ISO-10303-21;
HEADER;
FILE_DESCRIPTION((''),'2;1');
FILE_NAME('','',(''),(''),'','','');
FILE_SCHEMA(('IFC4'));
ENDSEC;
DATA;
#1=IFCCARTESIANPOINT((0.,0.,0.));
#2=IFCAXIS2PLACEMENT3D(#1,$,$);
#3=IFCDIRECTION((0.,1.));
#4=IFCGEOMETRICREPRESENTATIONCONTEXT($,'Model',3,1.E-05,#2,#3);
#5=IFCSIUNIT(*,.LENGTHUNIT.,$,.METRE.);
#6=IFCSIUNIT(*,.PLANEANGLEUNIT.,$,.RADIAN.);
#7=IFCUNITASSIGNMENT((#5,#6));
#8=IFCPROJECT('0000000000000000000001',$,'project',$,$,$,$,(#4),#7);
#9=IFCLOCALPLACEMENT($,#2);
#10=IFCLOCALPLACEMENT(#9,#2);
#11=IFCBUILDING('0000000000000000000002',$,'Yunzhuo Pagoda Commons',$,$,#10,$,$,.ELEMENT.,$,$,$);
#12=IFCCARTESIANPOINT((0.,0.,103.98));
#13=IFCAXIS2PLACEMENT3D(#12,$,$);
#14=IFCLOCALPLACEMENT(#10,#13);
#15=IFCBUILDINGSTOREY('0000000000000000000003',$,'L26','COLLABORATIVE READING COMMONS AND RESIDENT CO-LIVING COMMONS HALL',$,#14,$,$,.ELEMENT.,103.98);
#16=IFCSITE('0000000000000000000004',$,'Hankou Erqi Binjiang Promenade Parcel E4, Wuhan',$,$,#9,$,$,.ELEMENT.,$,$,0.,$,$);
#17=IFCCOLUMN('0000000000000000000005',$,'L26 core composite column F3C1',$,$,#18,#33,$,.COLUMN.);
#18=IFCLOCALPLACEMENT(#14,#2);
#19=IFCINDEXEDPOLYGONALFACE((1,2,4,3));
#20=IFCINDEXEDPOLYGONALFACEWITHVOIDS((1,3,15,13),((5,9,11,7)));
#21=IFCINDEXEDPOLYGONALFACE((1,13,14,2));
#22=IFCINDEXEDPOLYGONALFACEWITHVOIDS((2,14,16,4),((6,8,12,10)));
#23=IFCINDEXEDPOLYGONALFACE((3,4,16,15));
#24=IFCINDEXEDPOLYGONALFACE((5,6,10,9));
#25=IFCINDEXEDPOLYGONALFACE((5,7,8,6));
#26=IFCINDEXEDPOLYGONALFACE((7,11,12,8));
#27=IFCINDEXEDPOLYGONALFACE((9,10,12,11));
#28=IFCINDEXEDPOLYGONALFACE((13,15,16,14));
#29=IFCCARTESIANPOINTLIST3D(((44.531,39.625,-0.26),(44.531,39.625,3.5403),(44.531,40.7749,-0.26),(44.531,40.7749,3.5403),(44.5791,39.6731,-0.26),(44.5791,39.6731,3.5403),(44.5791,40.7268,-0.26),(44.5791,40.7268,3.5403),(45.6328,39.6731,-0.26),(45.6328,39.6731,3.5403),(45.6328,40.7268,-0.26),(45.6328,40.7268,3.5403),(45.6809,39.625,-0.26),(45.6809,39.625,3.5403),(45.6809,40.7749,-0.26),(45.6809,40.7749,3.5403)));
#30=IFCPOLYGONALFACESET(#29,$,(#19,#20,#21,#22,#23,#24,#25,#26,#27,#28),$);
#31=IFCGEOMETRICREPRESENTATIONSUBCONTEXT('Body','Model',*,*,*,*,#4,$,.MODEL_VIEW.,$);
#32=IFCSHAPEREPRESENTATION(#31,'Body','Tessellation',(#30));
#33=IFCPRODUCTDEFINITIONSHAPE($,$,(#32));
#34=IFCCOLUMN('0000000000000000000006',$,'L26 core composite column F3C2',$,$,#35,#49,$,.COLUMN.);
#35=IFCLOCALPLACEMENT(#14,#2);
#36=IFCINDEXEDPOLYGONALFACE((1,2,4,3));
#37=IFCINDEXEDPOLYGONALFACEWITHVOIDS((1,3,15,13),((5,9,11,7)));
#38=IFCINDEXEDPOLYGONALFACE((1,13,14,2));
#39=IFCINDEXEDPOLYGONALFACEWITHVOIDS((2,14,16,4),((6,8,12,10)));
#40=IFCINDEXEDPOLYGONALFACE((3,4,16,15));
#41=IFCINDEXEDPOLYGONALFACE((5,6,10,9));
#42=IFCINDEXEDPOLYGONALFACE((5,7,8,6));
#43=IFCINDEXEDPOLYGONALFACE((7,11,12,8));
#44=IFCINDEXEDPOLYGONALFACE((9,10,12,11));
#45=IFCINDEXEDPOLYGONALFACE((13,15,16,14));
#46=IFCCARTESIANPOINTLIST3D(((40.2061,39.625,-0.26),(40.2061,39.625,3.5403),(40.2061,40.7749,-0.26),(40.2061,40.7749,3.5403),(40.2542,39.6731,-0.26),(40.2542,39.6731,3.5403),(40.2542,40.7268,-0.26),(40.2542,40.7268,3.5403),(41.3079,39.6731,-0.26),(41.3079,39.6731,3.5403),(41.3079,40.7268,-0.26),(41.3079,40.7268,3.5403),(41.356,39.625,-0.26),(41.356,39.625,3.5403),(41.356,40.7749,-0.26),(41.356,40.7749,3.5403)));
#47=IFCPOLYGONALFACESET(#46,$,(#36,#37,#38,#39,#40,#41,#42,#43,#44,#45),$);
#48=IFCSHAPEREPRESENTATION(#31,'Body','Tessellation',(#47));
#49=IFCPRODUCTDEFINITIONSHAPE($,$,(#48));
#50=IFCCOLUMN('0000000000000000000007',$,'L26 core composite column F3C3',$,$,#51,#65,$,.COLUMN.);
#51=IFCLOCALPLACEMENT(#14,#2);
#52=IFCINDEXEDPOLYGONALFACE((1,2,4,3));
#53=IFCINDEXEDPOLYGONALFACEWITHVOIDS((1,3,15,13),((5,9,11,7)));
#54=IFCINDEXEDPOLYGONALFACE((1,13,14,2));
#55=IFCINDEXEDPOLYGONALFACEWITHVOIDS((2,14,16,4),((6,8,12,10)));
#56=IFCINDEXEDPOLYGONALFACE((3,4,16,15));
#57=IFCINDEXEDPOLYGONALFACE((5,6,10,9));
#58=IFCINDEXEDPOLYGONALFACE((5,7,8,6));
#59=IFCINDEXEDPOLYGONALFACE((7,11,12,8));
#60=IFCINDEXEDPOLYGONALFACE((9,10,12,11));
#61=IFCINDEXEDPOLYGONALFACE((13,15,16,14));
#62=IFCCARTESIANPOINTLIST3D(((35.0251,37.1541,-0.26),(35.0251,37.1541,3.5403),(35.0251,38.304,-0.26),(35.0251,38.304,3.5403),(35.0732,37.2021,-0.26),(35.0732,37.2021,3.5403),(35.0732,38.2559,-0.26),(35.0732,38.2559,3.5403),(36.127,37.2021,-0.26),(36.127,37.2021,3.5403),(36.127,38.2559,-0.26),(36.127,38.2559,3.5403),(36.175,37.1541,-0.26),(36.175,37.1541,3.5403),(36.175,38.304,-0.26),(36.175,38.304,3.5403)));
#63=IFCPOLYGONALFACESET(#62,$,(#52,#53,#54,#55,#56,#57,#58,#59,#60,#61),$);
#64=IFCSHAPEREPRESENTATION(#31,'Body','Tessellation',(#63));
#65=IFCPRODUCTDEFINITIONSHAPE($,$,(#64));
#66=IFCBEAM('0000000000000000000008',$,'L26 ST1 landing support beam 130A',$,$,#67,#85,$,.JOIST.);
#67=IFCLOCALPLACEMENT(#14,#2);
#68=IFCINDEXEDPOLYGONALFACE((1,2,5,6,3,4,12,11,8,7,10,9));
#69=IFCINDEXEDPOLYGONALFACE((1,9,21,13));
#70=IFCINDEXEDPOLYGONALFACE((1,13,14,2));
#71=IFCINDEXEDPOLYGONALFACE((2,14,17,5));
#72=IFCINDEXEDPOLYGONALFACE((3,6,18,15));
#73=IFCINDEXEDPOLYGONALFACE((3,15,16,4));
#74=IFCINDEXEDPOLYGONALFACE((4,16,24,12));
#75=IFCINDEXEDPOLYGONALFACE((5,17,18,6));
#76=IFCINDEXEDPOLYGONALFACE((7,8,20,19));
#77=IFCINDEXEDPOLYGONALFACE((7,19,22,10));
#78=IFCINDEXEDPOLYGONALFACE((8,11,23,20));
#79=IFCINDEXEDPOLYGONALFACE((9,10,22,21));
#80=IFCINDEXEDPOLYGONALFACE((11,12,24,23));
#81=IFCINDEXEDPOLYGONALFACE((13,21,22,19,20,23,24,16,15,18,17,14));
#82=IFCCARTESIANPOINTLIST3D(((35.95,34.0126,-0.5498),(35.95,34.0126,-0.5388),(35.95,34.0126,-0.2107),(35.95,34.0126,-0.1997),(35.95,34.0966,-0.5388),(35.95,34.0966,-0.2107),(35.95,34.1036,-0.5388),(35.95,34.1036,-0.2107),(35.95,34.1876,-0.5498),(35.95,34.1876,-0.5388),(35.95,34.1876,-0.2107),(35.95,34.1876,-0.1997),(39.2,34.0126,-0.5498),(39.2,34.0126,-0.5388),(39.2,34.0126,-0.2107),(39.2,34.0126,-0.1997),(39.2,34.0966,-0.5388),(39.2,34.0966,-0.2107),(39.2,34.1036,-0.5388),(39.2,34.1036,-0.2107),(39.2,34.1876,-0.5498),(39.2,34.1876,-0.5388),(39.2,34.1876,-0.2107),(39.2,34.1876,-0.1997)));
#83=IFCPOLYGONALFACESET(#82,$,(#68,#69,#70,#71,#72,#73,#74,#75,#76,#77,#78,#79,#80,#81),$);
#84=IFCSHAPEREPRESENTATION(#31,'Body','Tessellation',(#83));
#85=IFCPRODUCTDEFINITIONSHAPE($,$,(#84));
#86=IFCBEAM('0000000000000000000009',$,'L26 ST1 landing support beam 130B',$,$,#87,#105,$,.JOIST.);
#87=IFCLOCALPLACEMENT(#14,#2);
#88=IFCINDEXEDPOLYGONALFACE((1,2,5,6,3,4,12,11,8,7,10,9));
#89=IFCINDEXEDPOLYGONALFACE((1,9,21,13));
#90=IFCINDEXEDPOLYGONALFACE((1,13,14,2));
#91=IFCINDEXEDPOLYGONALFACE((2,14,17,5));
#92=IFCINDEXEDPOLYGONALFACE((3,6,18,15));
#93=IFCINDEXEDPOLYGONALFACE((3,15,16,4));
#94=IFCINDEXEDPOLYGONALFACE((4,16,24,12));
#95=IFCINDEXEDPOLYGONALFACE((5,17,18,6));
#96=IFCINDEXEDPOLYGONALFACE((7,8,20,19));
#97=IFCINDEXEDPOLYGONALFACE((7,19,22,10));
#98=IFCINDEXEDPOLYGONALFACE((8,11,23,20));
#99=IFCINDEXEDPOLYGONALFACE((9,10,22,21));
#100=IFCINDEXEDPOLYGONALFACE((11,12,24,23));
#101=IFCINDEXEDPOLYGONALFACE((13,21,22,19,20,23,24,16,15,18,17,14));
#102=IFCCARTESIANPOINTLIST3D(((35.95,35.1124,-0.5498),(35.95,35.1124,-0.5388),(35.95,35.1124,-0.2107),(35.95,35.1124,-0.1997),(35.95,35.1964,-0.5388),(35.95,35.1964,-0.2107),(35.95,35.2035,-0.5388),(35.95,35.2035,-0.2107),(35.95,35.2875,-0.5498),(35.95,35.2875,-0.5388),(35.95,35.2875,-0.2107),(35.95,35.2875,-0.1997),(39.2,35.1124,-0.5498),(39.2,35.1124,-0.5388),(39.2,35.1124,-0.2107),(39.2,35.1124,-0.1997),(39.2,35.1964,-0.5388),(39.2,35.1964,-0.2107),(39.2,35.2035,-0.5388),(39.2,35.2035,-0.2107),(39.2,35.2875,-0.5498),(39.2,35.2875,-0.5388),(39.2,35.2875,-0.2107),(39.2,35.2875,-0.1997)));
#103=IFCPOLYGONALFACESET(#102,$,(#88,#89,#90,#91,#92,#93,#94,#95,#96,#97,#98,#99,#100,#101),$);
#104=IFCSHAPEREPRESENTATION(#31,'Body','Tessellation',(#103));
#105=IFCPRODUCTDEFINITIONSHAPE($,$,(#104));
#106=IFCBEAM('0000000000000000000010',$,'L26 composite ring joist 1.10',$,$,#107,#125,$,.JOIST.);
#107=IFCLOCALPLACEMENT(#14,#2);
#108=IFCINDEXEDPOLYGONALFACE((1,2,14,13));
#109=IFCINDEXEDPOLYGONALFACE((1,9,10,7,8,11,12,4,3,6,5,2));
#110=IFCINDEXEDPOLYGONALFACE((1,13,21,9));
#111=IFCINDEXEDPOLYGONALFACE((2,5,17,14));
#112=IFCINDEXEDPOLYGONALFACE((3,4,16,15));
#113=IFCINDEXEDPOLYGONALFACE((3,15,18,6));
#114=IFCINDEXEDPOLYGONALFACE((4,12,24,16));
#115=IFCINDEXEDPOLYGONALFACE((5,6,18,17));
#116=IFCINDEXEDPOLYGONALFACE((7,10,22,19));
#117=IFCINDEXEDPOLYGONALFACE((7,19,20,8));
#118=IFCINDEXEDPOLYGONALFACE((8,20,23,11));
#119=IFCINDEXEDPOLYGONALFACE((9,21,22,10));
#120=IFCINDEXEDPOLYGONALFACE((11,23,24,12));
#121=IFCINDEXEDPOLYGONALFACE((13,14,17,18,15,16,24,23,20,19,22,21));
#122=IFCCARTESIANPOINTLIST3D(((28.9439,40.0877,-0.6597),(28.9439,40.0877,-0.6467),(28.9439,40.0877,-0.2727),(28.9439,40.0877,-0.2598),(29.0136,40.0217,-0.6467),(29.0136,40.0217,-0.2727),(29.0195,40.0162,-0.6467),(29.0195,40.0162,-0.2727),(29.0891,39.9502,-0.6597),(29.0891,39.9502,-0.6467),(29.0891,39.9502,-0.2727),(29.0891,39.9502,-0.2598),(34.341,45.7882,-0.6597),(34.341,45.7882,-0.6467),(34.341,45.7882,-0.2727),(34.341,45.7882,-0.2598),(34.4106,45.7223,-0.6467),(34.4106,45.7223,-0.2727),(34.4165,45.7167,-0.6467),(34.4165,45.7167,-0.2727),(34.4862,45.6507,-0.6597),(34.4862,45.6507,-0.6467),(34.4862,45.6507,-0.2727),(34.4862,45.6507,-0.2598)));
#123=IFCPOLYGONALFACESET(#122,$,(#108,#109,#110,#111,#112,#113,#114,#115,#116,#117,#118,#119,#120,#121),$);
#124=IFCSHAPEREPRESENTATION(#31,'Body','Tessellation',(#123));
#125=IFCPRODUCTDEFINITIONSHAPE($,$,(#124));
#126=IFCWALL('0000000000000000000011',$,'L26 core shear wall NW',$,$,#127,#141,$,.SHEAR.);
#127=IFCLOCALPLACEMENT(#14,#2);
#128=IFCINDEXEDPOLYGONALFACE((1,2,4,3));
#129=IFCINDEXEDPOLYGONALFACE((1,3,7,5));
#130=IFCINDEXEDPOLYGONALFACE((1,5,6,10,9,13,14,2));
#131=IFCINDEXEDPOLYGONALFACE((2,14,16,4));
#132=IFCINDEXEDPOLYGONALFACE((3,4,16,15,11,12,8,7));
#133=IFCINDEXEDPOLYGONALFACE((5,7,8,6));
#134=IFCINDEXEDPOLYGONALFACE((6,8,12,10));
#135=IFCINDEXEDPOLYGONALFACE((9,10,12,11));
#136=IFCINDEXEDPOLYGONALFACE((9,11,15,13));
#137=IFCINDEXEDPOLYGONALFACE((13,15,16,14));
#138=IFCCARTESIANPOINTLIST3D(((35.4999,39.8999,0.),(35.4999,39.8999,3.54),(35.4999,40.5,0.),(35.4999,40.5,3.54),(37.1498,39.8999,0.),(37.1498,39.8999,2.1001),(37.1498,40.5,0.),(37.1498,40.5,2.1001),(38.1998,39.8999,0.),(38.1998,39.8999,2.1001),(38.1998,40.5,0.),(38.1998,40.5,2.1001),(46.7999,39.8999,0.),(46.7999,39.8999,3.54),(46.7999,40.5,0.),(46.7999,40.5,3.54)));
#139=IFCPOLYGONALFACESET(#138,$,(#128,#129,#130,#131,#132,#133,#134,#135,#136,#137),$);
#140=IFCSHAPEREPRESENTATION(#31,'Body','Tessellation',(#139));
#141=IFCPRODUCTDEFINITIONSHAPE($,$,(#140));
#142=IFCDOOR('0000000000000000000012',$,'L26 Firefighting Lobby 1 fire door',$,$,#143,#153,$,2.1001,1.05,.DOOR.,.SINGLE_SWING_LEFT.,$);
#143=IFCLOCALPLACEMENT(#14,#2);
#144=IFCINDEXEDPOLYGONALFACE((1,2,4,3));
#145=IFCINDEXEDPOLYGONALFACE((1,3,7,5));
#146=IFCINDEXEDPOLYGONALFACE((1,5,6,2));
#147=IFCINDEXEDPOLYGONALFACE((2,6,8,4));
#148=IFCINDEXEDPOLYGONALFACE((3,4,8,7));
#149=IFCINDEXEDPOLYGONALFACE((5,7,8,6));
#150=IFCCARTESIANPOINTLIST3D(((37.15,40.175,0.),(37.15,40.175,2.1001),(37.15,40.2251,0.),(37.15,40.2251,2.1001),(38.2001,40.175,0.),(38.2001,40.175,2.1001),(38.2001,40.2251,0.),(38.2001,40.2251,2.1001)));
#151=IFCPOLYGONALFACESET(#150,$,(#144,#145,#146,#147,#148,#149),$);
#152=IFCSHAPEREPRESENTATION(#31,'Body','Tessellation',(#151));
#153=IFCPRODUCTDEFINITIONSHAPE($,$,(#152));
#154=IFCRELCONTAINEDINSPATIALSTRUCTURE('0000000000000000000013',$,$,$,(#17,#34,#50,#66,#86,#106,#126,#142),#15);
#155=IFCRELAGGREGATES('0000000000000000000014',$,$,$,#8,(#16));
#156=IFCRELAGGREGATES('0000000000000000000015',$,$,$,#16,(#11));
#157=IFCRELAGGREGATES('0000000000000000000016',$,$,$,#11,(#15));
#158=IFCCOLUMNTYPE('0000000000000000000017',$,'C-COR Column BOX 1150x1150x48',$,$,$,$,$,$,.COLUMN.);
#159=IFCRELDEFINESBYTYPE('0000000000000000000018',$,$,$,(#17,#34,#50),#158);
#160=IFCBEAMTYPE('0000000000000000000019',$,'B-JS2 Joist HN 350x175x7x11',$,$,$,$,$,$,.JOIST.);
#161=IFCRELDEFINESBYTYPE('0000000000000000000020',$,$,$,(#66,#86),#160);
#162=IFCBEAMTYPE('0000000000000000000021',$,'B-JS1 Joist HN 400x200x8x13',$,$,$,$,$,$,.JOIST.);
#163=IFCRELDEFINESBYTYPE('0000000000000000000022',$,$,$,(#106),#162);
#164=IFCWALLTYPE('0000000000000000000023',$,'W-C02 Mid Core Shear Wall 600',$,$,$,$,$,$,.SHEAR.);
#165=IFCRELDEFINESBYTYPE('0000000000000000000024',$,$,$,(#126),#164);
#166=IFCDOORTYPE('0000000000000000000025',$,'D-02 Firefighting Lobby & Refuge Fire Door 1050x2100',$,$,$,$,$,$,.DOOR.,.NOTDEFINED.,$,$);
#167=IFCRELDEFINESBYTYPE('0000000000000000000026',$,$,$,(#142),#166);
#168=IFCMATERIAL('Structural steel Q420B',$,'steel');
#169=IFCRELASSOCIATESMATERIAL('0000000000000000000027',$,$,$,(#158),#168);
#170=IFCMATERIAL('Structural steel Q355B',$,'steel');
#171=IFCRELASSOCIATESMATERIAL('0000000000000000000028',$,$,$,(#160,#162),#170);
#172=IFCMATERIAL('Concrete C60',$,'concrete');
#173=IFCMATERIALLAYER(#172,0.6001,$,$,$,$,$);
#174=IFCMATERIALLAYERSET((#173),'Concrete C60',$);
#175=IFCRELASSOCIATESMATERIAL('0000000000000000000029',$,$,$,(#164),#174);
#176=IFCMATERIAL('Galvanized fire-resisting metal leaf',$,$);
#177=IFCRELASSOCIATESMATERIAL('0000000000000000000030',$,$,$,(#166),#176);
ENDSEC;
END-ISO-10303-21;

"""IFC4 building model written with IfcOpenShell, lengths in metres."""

from ifc_helpers import new_model, si_unit, direction, frame, frame_2d, origin, origin_2d, place, context, subcontext, project, spatial, rectangle, hollow_rectangle, i_section, extrude, source, transform, mapped, material, layer, layer_set, material_profile, profile_set, type_object, element, fill, save


model = new_model("IFC4")

# Units and contexts
model_context = context("Model", 3, precision=1e-05, world=origin(), true_north=direction((0.0, 1.0)))
body_context = subcontext(model_context, "Body", "Model", "MODEL_VIEW")
ifc_project = project(units=[si_unit("LENGTHUNIT", "METRE"), si_unit("PLANEANGLEUNIT", "RADIAN")], contexts=[model_context])

# Site, building, storey
site_placement = place(None, origin())
site = spatial("IfcSite", under=ifc_project, at=site_placement, Name="Hankou Erqi Binjiang Promenade Parcel E4, Wuhan", CompositionType="ELEMENT", RefElevation=0.0)
building_placement = place(site_placement, origin())
building = spatial("IfcBuilding", under=site, at=building_placement, Name="Yunzhuo Pagoda Commons", CompositionType="ELEMENT")
storey_placement = place(building_placement, frame((0.0, 0.0, 103.98)))
storey = spatial("IfcBuildingStorey", under=building, at=storey_placement, Name="L26", Description="COLLABORATIVE READING COMMONS AND RESIDENT CO-LIVING COMMONS HALL", CompositionType="ELEMENT", Elevation=103.98)

# Columns
ifc_material_1 = material(Name="Structural steel Q420B", Category="steel")
ifc_material_profile_1 = material_profile(ifc_material_1, hollow_rectangle(XDim=1.1499, YDim=1.1499, WallThickness=0.0481, at=origin_2d()), Name="Structural steel Q420B")
ifc_profile_set_1 = profile_set([ifc_material_profile_1], Name="Structural steel Q420B")
column_type = type_object("IfcColumnType", Name="C-COR Column BOX 1150x1150x48", PredefinedType="COLUMN", material=ifc_profile_set_1)
shared_shape_1 = source(origin(), body_context, "Body", "SweptSolid", [
    extrude(hollow_rectangle(XDim=1.1499, YDim=1.1499, WallThickness=0.0481, at=origin_2d()), origin(), (0.0, 0.0, 1.0), 3.8003),
])
for number, where, z_axis, x_axis, name in (
    (1, (45.106, 40.2, -0.26), (0.0, 0.0, 1.0), (1.0, 0.0, 0.0), "L26 core composite column F3C1"),
    (2, (40.781, 40.2, -0.26), (0.0, 0.0, 1.0), (1.0, 0.0, 0.0), "L26 core composite column F3C2"),
    (3, (35.6001, 37.729, -0.26), (0.0, 0.0, 1.0), (1.0, 0.0, 0.0), "L26 core composite column F3C3"),
):
    element("IfcColumn", number, at=place(storey_placement, frame(where, z_axis=z_axis, x_axis=x_axis)), inside=storey, type_object=column_type, Name=name, PredefinedType="COLUMN", context=body_context, shape_type="MappedRepresentation", body=[
        mapped(shared_shape_1, transform((0.0, 0.0, 0.0), scale=1.0)),
    ])

# Beams
ifc_material_2 = material(Name="Structural steel Q355B", Category="steel")
ifc_material_profile_2 = material_profile(ifc_material_2, i_section(OverallWidth=0.175, OverallDepth=0.3501, WebThickness=0.0071, FlangeThickness=0.011, at=origin_2d()), Name="Structural steel Q355B")
ifc_profile_set_2 = profile_set([ifc_material_profile_2], Name="Structural steel Q355B")
beam_type_1 = type_object("IfcBeamType", Name="B-JS2 Joist HN 350x175x7x11", PredefinedType="JOIST", material=ifc_profile_set_2)
shared_shape_2 = source(origin(), body_context, "Body", "SweptSolid", [
    extrude(i_section(OverallWidth=0.175, OverallDepth=0.3501, WebThickness=0.0071, FlangeThickness=0.011, at=origin_2d()), origin(), (0.0, 0.0, 1.0), 3.25),
])
for number, where, z_axis, x_axis, name in (
    (4, (35.95, 34.1001, -0.3748), (1.0, 0.0, 0.0), (0.0, 1.0, 0.0), "L26 ST1 landing support beam 130A"),
    (5, (35.95, 35.2, -0.3748), (1.0, 0.0, 0.0), (0.0, 1.0, 0.0), "L26 ST1 landing support beam 130B"),
):
    element("IfcBeam", number, at=place(storey_placement, frame(where, z_axis=z_axis, x_axis=x_axis)), inside=storey, type_object=beam_type_1, Name=name, PredefinedType="JOIST", context=body_context, shape_type="MappedRepresentation", body=[
        mapped(shared_shape_2, transform((0.0, 0.0, 0.0), scale=1.0)),
    ])
ifc_material_profile_3 = material_profile(ifc_material_2, i_section(OverallWidth=0.2, OverallDepth=0.3999, WebThickness=0.0081, FlangeThickness=0.0129, at=origin_2d()), Name="Structural steel Q355B")
ifc_profile_set_3 = profile_set([ifc_material_profile_3], Name="Structural steel Q355B")
beam_type_2 = type_object("IfcBeamType", Name="B-JS1 Joist HN 400x200x8x13", PredefinedType="JOIST", material=ifc_profile_set_3)
shared_shape_3 = source(origin(), body_context, "Body", "SweptSolid", [
    extrude(i_section(OverallWidth=0.2, OverallDepth=0.3999, WebThickness=0.0081, FlangeThickness=0.0129, at=origin_2d()), origin(), (0.0, 0.0, 1.0), 7.8501),
])
beam_placement = place(storey_placement, frame((34.4136, 45.7195, -0.4597), z_axis=(-0.687513, -0.726172, 0.0), x_axis=(0.726172, -0.687513, 0.0)))
element("IfcBeam", 6, at=beam_placement, inside=storey, type_object=beam_type_2, Name="L26 composite ring joist 1.10", PredefinedType="JOIST", context=body_context, shape_type="MappedRepresentation", body=[
    mapped(shared_shape_3, transform((0.0, 0.0, 0.0), scale=1.0)),
])

# Wall, opening, door
ifc_material_3 = material(Name="Concrete C60", Category="concrete")
ifc_layer_1 = layer(ifc_material_3, 0.6001)
ifc_layer_set_1 = layer_set([ifc_layer_1], Name="Concrete C60")
wall_type_1 = type_object("IfcWallType", Name="W-C02 Mid Core Shear Wall 600", PredefinedType="SHEAR", material=ifc_layer_set_1)
wall_1_placement = place(storey_placement, frame((35.5, 40.2, 0.0), z_axis=(0.0, 0.0, 1.0), x_axis=(1.0, 0.0, 0.0)))
wall_1 = element("IfcWall", 7, at=wall_1_placement, inside=storey, type_object=wall_type_1, Name="L26 core shear wall NW", PredefinedType="SHEAR", context=body_context, shape_type="SweptSolid", body=[
    extrude(rectangle(XDim=11.3, YDim=0.6001, at=frame_2d((5.6499, 0.0))), origin(), (0.0, 0.0, 1.0), 3.54),
])
opening_1_placement = place(wall_1_placement, frame((1.6499, 0.0, 0.0)))
opening_1 = element("IfcOpeningElement", 8, at=opening_1_placement, cuts=wall_1, PredefinedType="OPENING", context=body_context, shape_type="SweptSolid", body=[
    extrude(rectangle(XDim=1.05, YDim=2.1001, at=frame_2d((0.5249, 1.05))), frame((0.0, 0.3101, 0.0), z_axis=(0.0, -1.0, 0.0), x_axis=(1.0, 0.0, 0.0)), (0.0, 0.0, 1.0), 0.6201),
])
ifc_material_4 = material(Name="Galvanized fire-resisting metal leaf")
door_type_1 = type_object("IfcDoorType", Name="D-02 Firefighting Lobby & Refuge Fire Door 1050x2100", OperationType="NOTDEFINED", PredefinedType="DOOR", material=ifc_material_4)
shared_shape_4 = source(origin(), body_context, "Body", "SweptSolid", [
    extrude(rectangle(XDim=1.05, YDim=2.1001, at=frame_2d((0.5249, 1.05))), frame((0.0, 0.0249, 0.0), z_axis=(0.0, -1.0, 0.0), x_axis=(1.0, 0.0, 0.0)), (0.0, 0.0, 1.0), 0.05),
])
door_1_placement = place(opening_1_placement, frame((1.05, 0.0, 0.0), z_axis=(0.0, 0.0, 1.0), x_axis=(-1.0, 0.0, 0.0)))
door_1 = element("IfcDoor", 9, at=door_1_placement, inside=storey, type_object=door_type_1, Name="L26 Firefighting Lobby 1 fire door", OperationType="SINGLE_SWING_LEFT", OverallHeight=2.1001, OverallWidth=1.05, PredefinedType="DOOR", context=body_context, shape_type="MappedRepresentation", body=[
    mapped(shared_shape_4, transform((0.0, 0.0, 0.0), scale=1.0)),
])
fill(opening_1, door_1)

save(model, "model.ifc")
